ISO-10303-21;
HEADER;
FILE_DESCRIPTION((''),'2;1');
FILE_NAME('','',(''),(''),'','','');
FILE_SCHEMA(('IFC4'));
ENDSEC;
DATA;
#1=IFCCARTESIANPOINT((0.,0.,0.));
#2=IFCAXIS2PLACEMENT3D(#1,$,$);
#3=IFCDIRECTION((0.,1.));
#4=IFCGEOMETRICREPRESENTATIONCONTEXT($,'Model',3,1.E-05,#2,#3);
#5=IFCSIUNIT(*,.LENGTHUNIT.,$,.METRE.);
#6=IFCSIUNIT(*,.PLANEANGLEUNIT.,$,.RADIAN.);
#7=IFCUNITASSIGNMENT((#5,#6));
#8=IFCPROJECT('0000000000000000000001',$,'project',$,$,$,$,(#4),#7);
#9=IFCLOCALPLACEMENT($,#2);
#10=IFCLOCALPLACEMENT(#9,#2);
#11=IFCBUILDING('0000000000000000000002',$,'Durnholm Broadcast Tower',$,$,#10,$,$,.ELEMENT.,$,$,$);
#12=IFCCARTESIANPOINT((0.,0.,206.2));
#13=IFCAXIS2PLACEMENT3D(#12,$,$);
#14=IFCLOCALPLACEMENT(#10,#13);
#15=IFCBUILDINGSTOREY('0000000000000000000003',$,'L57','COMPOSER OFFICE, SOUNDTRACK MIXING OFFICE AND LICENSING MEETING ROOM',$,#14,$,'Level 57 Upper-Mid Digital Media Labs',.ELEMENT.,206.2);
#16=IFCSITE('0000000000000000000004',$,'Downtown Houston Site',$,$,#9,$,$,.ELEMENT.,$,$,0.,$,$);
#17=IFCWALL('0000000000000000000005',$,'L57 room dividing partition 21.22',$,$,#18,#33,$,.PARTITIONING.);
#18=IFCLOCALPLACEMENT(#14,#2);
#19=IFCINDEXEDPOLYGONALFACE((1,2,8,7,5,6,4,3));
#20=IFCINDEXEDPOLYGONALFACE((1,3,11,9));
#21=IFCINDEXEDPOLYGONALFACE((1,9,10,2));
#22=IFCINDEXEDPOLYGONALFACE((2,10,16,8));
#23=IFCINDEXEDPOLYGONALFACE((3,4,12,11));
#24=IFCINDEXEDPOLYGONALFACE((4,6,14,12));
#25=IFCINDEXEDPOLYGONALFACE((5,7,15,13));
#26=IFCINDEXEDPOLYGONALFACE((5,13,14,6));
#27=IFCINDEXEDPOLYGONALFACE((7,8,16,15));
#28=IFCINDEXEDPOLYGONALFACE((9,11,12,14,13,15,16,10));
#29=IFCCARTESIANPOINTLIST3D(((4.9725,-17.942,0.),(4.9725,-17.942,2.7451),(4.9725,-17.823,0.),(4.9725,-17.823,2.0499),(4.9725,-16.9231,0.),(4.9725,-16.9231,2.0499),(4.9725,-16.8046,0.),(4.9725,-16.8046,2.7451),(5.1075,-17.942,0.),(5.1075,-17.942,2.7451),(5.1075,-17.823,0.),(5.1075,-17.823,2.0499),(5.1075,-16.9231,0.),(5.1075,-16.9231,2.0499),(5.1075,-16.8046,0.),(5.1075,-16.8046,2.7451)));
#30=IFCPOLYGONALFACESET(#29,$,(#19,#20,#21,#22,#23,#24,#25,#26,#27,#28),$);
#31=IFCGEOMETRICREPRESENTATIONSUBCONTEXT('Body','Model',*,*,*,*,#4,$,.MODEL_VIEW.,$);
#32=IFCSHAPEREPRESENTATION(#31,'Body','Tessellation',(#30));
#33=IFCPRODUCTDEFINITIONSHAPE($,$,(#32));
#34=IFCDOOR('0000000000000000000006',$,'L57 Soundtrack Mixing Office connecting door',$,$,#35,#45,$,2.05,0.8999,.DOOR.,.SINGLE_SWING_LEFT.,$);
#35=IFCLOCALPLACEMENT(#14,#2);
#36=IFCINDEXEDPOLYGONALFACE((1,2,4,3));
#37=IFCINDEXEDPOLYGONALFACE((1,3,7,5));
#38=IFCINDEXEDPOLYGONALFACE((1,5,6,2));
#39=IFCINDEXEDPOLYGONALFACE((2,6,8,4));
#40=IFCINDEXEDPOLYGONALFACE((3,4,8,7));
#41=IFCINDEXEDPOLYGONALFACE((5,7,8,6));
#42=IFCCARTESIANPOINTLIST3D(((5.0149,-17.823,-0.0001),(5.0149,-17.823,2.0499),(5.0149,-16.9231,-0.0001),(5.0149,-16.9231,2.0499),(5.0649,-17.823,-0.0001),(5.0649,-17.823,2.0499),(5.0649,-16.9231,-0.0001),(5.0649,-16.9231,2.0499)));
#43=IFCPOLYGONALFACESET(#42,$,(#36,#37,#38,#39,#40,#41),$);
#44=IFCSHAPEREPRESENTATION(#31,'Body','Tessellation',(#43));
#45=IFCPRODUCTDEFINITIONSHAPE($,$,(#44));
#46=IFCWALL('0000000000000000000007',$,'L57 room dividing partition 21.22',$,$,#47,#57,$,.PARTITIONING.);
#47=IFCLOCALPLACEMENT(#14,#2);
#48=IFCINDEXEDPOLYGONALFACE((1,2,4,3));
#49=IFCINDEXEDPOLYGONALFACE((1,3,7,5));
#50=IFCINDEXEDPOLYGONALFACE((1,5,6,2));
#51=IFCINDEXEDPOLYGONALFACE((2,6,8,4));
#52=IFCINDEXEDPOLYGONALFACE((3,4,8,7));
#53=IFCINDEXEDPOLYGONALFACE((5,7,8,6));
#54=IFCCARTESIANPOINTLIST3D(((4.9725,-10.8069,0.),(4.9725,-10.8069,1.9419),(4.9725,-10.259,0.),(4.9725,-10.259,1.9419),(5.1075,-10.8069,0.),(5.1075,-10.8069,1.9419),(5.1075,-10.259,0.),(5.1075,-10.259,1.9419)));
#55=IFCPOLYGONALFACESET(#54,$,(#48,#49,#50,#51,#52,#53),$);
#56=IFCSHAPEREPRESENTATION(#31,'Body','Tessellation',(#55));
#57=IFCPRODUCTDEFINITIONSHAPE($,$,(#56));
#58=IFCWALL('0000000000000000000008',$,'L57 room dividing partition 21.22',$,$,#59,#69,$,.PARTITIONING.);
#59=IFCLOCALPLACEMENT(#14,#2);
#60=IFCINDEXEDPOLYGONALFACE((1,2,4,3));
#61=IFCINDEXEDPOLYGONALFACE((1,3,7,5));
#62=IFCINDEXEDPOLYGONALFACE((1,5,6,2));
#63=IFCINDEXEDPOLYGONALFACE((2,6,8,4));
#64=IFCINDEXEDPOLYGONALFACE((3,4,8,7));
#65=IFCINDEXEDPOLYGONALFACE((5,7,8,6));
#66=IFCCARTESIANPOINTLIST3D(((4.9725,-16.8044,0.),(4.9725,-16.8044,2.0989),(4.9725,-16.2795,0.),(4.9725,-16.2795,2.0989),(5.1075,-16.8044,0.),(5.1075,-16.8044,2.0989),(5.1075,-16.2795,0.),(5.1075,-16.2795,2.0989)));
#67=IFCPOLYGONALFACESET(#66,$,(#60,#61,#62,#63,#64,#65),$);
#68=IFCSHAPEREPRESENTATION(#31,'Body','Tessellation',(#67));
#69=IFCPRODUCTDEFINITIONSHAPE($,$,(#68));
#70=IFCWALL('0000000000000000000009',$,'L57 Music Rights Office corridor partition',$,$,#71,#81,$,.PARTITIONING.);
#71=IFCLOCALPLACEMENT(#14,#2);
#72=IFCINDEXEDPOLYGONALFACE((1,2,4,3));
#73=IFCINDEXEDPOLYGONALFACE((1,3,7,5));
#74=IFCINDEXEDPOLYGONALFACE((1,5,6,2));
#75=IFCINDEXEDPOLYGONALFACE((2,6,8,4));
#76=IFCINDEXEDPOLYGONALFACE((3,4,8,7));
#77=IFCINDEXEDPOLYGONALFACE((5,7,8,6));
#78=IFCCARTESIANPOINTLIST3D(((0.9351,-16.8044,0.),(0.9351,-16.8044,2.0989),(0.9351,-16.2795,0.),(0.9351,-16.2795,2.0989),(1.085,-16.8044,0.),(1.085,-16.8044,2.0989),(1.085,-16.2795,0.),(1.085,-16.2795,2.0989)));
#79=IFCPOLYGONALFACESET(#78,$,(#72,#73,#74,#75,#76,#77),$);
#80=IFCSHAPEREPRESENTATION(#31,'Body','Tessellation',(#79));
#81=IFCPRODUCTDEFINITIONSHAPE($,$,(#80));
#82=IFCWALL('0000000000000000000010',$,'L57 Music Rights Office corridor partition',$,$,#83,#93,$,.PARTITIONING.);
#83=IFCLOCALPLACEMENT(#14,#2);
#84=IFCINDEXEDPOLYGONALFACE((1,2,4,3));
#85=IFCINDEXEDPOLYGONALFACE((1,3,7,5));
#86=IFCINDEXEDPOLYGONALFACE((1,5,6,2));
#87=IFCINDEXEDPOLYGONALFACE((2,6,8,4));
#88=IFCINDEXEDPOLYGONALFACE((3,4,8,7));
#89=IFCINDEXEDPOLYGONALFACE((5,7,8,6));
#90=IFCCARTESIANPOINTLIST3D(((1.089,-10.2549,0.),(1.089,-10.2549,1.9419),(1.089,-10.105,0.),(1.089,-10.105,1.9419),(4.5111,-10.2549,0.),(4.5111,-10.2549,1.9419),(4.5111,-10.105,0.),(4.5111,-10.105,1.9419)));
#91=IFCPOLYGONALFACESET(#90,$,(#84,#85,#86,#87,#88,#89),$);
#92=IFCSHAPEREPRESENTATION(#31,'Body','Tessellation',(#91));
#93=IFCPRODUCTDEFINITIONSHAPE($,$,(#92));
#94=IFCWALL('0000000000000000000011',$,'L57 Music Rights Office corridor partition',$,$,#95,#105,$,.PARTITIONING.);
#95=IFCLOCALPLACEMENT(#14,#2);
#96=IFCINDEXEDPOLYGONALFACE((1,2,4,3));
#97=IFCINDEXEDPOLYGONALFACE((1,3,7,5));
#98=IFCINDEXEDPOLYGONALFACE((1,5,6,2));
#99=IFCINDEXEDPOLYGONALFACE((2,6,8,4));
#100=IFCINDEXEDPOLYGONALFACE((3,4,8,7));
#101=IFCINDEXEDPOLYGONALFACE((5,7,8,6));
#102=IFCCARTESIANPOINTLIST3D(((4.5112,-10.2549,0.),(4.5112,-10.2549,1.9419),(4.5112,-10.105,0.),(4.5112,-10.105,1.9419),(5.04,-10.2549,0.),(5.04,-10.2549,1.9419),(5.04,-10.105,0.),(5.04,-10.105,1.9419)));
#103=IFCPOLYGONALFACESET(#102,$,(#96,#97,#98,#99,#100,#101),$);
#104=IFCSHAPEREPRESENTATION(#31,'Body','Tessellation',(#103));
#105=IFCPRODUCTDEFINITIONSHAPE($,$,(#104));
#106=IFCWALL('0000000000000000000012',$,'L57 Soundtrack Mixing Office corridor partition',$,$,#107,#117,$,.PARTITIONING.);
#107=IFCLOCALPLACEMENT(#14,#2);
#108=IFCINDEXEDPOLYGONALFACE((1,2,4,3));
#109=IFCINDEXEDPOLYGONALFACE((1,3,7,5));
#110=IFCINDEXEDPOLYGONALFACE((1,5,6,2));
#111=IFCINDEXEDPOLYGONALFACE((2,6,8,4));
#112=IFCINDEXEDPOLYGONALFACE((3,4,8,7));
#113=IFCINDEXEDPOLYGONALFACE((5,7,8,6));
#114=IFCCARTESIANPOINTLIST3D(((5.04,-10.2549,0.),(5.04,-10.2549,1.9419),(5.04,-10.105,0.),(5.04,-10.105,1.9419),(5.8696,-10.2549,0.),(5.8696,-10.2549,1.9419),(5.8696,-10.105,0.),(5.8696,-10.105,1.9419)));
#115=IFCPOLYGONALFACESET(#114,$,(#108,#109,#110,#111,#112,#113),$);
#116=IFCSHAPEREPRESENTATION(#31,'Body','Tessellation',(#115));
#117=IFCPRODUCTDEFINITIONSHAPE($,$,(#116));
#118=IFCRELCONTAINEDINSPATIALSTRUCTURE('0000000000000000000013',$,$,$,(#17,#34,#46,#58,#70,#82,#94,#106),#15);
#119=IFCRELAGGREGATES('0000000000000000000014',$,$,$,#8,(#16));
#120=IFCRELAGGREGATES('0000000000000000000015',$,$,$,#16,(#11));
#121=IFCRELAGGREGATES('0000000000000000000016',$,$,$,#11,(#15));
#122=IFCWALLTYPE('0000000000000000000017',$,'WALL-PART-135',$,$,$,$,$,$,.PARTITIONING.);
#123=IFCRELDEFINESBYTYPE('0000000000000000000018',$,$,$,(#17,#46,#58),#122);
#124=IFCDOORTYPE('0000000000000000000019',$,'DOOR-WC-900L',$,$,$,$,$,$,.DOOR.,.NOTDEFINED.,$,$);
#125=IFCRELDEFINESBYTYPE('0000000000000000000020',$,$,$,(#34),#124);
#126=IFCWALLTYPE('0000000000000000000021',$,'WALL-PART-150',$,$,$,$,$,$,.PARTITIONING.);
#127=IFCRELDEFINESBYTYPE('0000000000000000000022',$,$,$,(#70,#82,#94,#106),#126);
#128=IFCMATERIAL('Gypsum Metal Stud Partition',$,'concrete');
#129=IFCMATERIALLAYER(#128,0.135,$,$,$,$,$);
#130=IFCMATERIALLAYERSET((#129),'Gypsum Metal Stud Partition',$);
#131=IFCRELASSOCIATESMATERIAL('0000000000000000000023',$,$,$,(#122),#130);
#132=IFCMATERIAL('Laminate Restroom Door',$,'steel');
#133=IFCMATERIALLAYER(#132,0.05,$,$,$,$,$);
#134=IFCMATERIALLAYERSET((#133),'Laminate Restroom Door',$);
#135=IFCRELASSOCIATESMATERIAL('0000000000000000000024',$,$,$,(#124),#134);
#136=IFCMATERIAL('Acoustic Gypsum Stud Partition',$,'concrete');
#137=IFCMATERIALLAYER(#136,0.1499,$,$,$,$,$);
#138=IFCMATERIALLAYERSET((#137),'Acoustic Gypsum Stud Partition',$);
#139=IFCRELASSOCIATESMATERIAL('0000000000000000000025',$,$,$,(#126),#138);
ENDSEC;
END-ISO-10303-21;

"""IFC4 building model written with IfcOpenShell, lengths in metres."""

from ifc_helpers import new_model, si_unit, direction, frame, frame_2d, origin, place, context, subcontext, project, spatial, rectangle, extrude, source, transform, mapped, material, layer, layer_set, type_object, type_shapes, element, fill, save


model = new_model("IFC4")

# Units and contexts
model_context = context("Model", 3, precision=1e-05, world=origin(), true_north=direction((0.0, 1.0)))
body_context = subcontext(model_context, "Body", "Model", "MODEL_VIEW")
ifc_project = project(units=[si_unit("LENGTHUNIT", "METRE"), si_unit("PLANEANGLEUNIT", "RADIAN")], contexts=[model_context])

# Site, building, storey
site_placement = place(None, origin())
site = spatial("IfcSite", under=ifc_project, at=site_placement, Name="Downtown Houston Site", CompositionType="ELEMENT", RefElevation=0.0)
building_placement = place(site_placement, origin())
building = spatial("IfcBuilding", under=site, at=building_placement, Name="Durnholm Broadcast Tower", CompositionType="ELEMENT")
storey_placement = place(building_placement, frame((0.0, 0.0, 206.2)))
storey = spatial("IfcBuildingStorey", under=building, at=storey_placement, Name="L57", Description="COMPOSER OFFICE, SOUNDTRACK MIXING OFFICE AND LICENSING MEETING ROOM", LongName="Level 57 Upper-Mid Digital Media Labs", CompositionType="ELEMENT", Elevation=206.2)

# Shared definitions
ifc_material_1 = material(Name="Gypsum Metal Stud Partition", Category="concrete")
ifc_layer_1 = layer(ifc_material_1, 0.135)
ifc_layer_set_1 = layer_set([ifc_layer_1], Name="Gypsum Metal Stud Partition")
wall_type_1 = type_object("IfcWallType", Name="WALL-PART-135", PredefinedType="PARTITIONING", material=ifc_layer_set_1)

# Wall, opening, door
wall_1_placement = place(storey_placement, frame((5.04, -16.8044, 0.0), z_axis=(0.0, 0.0, 1.0), x_axis=(0.0, -1.0, 0.0)))
wall_1 = element("IfcWall", 1, at=wall_1_placement, inside=storey, type_object=wall_type_1, Name="L57 room dividing partition 21.22", PredefinedType="PARTITIONING", context=body_context, shape_type="SweptSolid", body=[
    extrude(rectangle(XDim=1.1375, YDim=0.135, at=frame_2d((0.5688, 0.0))), origin(), (0.0, 0.0, 1.0), 2.7451),
])
opening_placement = place(wall_1_placement, frame((0.1187, 0.0, 0.0)))
opening = element("IfcOpeningElement", 2, at=opening_placement, cuts=wall_1, PredefinedType="OPENING", context=body_context, shape_type="SweptSolid", body=[
    extrude(rectangle(XDim=0.8999, YDim=2.05, at=frame_2d((0.45, 1.0249))), frame((0.0, 0.0776, 0.0), z_axis=(0.0, -1.0, 0.0), x_axis=(1.0, 0.0, 0.0)), (0.0, 0.0, 1.0), 0.155),
])
ifc_material_2 = material(Name="Laminate Restroom Door", Category="steel")
ifc_layer_2 = layer(ifc_material_2, 0.05)
ifc_layer_set_2 = layer_set([ifc_layer_2], Name="Laminate Restroom Door")
door_type = type_object("IfcDoorType", Name="DOOR-WC-900L", OperationType="NOTDEFINED", PredefinedType="DOOR", material=ifc_layer_set_2)
shared_shape_1 = source(origin(), body_context, "Body", "SweptSolid", [
    extrude(rectangle(XDim=0.8999, YDim=2.05, at=frame_2d((0.45, 1.0249))), frame((0.0, 0.0249, 0.0), z_axis=(0.0, -1.0, 0.0), x_axis=(1.0, 0.0, 0.0)), (0.0, 0.0, 1.0), 0.05),
])
type_shapes(door_type, [shared_shape_1])
door_placement = place(opening_placement, origin())
door = element("IfcDoor", 3, at=door_placement, inside=storey, type_object=door_type, Name="L57 Soundtrack Mixing Office connecting door", OperationType="SINGLE_SWING_LEFT", OverallHeight=2.05, OverallWidth=0.8999, PredefinedType="DOOR", context=body_context, shape_type="MappedRepresentation", body=[
    mapped(shared_shape_1, transform((0.0, 0.0, 0.0), x_axis=(1.0, 0.0, 0.0), y_axis=(0.0, 1.0, 0.0), z_axis=(0.0, 0.0, 1.0), scale=1.0)),
])
fill(opening, door)

# Walls
wall_2_placement = place(storey_placement, frame((5.04, -10.259, 0.0), z_axis=(0.0, 0.0, 1.0), x_axis=(0.0, -1.0, 0.0)))
element("IfcWall", 4, at=wall_2_placement, inside=storey, type_object=wall_type_1, Name="L57 room dividing partition 21.22", PredefinedType="PARTITIONING", context=body_context, shape_type="SweptSolid", body=[
    extrude(rectangle(XDim=0.5479, YDim=0.135, at=frame_2d((0.2739, 0.0))), origin(), (0.0, 0.0, 1.0), 1.9419),
])
wall_3_placement = place(storey_placement, frame((5.04, -16.2795, 0.0), z_axis=(0.0, 0.0, 1.0), x_axis=(0.0, -1.0, 0.0)))
element("IfcWall", 5, at=wall_3_placement, inside=storey, type_object=wall_type_1, Name="L57 room dividing partition 21.22", PredefinedType="PARTITIONING", context=body_context, shape_type="SweptSolid", body=[
    extrude(rectangle(XDim=0.5249, YDim=0.135, at=frame_2d((0.2625, 0.0))), origin(), (0.0, 0.0, 1.0), 2.0989),
])
ifc_material_3 = material(Name="Acoustic Gypsum Stud Partition", Category="concrete")
ifc_layer_3 = layer(ifc_material_3, 0.1499)
ifc_layer_set_3 = layer_set([ifc_layer_3], Name="Acoustic Gypsum Stud Partition")
wall_type_2 = type_object("IfcWallType", Name="WALL-PART-150", PredefinedType="PARTITIONING", material=ifc_layer_set_3)
wall_4_placement = place(storey_placement, frame((1.01, -16.8044, 0.0), z_axis=(0.0, 0.0, 1.0), x_axis=(0.0, 1.0, 0.0)))
element("IfcWall", 6, at=wall_4_placement, inside=storey, type_object=wall_type_2, Name="L57 Music Rights Office corridor partition", PredefinedType="PARTITIONING", context=body_context, shape_type="SweptSolid", body=[
    extrude(rectangle(XDim=0.5249, YDim=0.1499, at=frame_2d((0.2625, 0.0))), origin(), (0.0, 0.0, 1.0), 2.0989),
])
wall_5_placement = place(storey_placement, frame((1.0891, -10.1799, 0.0), z_axis=(0.0, 0.0, 1.0), x_axis=(1.0, 0.0, 0.0)))
element("IfcWall", 7, at=wall_5_placement, inside=storey, type_object=wall_type_2, Name="L57 Music Rights Office corridor partition", PredefinedType="PARTITIONING", context=body_context, shape_type="SweptSolid", body=[
    extrude(rectangle(XDim=3.4221, YDim=0.1499, at=frame_2d((1.7109, 0.0))), origin(), (0.0, 0.0, 1.0), 1.9419),
])
wall_6_placement = place(storey_placement, frame((4.5112, -10.1799, 0.0), z_axis=(0.0, 0.0, 1.0), x_axis=(1.0, 0.0, 0.0)))
element("IfcWall", 8, at=wall_6_placement, inside=storey, type_object=wall_type_2, Name="L57 Music Rights Office corridor partition", PredefinedType="PARTITIONING", context=body_context, shape_type="SweptSolid", body=[
    extrude(rectangle(XDim=0.5288, YDim=0.1499, at=frame_2d((0.2644, 0.0))), origin(), (0.0, 0.0, 1.0), 1.9419),
])
wall_7_placement = place(storey_placement, frame((5.04, -10.1799, 0.0), z_axis=(0.0, 0.0, 1.0), x_axis=(1.0, 0.0, 0.0)))
element("IfcWall", 9, at=wall_7_placement, inside=storey, type_object=wall_type_2, Name="L57 Soundtrack Mixing Office corridor partition", PredefinedType="PARTITIONING", context=body_context, shape_type="SweptSolid", body=[
    extrude(rectangle(XDim=0.8296, YDim=0.1499, at=frame_2d((0.4148, 0.0))), origin(), (0.0, 0.0, 1.0), 1.9419),
])

save(model, "model.ifc")
